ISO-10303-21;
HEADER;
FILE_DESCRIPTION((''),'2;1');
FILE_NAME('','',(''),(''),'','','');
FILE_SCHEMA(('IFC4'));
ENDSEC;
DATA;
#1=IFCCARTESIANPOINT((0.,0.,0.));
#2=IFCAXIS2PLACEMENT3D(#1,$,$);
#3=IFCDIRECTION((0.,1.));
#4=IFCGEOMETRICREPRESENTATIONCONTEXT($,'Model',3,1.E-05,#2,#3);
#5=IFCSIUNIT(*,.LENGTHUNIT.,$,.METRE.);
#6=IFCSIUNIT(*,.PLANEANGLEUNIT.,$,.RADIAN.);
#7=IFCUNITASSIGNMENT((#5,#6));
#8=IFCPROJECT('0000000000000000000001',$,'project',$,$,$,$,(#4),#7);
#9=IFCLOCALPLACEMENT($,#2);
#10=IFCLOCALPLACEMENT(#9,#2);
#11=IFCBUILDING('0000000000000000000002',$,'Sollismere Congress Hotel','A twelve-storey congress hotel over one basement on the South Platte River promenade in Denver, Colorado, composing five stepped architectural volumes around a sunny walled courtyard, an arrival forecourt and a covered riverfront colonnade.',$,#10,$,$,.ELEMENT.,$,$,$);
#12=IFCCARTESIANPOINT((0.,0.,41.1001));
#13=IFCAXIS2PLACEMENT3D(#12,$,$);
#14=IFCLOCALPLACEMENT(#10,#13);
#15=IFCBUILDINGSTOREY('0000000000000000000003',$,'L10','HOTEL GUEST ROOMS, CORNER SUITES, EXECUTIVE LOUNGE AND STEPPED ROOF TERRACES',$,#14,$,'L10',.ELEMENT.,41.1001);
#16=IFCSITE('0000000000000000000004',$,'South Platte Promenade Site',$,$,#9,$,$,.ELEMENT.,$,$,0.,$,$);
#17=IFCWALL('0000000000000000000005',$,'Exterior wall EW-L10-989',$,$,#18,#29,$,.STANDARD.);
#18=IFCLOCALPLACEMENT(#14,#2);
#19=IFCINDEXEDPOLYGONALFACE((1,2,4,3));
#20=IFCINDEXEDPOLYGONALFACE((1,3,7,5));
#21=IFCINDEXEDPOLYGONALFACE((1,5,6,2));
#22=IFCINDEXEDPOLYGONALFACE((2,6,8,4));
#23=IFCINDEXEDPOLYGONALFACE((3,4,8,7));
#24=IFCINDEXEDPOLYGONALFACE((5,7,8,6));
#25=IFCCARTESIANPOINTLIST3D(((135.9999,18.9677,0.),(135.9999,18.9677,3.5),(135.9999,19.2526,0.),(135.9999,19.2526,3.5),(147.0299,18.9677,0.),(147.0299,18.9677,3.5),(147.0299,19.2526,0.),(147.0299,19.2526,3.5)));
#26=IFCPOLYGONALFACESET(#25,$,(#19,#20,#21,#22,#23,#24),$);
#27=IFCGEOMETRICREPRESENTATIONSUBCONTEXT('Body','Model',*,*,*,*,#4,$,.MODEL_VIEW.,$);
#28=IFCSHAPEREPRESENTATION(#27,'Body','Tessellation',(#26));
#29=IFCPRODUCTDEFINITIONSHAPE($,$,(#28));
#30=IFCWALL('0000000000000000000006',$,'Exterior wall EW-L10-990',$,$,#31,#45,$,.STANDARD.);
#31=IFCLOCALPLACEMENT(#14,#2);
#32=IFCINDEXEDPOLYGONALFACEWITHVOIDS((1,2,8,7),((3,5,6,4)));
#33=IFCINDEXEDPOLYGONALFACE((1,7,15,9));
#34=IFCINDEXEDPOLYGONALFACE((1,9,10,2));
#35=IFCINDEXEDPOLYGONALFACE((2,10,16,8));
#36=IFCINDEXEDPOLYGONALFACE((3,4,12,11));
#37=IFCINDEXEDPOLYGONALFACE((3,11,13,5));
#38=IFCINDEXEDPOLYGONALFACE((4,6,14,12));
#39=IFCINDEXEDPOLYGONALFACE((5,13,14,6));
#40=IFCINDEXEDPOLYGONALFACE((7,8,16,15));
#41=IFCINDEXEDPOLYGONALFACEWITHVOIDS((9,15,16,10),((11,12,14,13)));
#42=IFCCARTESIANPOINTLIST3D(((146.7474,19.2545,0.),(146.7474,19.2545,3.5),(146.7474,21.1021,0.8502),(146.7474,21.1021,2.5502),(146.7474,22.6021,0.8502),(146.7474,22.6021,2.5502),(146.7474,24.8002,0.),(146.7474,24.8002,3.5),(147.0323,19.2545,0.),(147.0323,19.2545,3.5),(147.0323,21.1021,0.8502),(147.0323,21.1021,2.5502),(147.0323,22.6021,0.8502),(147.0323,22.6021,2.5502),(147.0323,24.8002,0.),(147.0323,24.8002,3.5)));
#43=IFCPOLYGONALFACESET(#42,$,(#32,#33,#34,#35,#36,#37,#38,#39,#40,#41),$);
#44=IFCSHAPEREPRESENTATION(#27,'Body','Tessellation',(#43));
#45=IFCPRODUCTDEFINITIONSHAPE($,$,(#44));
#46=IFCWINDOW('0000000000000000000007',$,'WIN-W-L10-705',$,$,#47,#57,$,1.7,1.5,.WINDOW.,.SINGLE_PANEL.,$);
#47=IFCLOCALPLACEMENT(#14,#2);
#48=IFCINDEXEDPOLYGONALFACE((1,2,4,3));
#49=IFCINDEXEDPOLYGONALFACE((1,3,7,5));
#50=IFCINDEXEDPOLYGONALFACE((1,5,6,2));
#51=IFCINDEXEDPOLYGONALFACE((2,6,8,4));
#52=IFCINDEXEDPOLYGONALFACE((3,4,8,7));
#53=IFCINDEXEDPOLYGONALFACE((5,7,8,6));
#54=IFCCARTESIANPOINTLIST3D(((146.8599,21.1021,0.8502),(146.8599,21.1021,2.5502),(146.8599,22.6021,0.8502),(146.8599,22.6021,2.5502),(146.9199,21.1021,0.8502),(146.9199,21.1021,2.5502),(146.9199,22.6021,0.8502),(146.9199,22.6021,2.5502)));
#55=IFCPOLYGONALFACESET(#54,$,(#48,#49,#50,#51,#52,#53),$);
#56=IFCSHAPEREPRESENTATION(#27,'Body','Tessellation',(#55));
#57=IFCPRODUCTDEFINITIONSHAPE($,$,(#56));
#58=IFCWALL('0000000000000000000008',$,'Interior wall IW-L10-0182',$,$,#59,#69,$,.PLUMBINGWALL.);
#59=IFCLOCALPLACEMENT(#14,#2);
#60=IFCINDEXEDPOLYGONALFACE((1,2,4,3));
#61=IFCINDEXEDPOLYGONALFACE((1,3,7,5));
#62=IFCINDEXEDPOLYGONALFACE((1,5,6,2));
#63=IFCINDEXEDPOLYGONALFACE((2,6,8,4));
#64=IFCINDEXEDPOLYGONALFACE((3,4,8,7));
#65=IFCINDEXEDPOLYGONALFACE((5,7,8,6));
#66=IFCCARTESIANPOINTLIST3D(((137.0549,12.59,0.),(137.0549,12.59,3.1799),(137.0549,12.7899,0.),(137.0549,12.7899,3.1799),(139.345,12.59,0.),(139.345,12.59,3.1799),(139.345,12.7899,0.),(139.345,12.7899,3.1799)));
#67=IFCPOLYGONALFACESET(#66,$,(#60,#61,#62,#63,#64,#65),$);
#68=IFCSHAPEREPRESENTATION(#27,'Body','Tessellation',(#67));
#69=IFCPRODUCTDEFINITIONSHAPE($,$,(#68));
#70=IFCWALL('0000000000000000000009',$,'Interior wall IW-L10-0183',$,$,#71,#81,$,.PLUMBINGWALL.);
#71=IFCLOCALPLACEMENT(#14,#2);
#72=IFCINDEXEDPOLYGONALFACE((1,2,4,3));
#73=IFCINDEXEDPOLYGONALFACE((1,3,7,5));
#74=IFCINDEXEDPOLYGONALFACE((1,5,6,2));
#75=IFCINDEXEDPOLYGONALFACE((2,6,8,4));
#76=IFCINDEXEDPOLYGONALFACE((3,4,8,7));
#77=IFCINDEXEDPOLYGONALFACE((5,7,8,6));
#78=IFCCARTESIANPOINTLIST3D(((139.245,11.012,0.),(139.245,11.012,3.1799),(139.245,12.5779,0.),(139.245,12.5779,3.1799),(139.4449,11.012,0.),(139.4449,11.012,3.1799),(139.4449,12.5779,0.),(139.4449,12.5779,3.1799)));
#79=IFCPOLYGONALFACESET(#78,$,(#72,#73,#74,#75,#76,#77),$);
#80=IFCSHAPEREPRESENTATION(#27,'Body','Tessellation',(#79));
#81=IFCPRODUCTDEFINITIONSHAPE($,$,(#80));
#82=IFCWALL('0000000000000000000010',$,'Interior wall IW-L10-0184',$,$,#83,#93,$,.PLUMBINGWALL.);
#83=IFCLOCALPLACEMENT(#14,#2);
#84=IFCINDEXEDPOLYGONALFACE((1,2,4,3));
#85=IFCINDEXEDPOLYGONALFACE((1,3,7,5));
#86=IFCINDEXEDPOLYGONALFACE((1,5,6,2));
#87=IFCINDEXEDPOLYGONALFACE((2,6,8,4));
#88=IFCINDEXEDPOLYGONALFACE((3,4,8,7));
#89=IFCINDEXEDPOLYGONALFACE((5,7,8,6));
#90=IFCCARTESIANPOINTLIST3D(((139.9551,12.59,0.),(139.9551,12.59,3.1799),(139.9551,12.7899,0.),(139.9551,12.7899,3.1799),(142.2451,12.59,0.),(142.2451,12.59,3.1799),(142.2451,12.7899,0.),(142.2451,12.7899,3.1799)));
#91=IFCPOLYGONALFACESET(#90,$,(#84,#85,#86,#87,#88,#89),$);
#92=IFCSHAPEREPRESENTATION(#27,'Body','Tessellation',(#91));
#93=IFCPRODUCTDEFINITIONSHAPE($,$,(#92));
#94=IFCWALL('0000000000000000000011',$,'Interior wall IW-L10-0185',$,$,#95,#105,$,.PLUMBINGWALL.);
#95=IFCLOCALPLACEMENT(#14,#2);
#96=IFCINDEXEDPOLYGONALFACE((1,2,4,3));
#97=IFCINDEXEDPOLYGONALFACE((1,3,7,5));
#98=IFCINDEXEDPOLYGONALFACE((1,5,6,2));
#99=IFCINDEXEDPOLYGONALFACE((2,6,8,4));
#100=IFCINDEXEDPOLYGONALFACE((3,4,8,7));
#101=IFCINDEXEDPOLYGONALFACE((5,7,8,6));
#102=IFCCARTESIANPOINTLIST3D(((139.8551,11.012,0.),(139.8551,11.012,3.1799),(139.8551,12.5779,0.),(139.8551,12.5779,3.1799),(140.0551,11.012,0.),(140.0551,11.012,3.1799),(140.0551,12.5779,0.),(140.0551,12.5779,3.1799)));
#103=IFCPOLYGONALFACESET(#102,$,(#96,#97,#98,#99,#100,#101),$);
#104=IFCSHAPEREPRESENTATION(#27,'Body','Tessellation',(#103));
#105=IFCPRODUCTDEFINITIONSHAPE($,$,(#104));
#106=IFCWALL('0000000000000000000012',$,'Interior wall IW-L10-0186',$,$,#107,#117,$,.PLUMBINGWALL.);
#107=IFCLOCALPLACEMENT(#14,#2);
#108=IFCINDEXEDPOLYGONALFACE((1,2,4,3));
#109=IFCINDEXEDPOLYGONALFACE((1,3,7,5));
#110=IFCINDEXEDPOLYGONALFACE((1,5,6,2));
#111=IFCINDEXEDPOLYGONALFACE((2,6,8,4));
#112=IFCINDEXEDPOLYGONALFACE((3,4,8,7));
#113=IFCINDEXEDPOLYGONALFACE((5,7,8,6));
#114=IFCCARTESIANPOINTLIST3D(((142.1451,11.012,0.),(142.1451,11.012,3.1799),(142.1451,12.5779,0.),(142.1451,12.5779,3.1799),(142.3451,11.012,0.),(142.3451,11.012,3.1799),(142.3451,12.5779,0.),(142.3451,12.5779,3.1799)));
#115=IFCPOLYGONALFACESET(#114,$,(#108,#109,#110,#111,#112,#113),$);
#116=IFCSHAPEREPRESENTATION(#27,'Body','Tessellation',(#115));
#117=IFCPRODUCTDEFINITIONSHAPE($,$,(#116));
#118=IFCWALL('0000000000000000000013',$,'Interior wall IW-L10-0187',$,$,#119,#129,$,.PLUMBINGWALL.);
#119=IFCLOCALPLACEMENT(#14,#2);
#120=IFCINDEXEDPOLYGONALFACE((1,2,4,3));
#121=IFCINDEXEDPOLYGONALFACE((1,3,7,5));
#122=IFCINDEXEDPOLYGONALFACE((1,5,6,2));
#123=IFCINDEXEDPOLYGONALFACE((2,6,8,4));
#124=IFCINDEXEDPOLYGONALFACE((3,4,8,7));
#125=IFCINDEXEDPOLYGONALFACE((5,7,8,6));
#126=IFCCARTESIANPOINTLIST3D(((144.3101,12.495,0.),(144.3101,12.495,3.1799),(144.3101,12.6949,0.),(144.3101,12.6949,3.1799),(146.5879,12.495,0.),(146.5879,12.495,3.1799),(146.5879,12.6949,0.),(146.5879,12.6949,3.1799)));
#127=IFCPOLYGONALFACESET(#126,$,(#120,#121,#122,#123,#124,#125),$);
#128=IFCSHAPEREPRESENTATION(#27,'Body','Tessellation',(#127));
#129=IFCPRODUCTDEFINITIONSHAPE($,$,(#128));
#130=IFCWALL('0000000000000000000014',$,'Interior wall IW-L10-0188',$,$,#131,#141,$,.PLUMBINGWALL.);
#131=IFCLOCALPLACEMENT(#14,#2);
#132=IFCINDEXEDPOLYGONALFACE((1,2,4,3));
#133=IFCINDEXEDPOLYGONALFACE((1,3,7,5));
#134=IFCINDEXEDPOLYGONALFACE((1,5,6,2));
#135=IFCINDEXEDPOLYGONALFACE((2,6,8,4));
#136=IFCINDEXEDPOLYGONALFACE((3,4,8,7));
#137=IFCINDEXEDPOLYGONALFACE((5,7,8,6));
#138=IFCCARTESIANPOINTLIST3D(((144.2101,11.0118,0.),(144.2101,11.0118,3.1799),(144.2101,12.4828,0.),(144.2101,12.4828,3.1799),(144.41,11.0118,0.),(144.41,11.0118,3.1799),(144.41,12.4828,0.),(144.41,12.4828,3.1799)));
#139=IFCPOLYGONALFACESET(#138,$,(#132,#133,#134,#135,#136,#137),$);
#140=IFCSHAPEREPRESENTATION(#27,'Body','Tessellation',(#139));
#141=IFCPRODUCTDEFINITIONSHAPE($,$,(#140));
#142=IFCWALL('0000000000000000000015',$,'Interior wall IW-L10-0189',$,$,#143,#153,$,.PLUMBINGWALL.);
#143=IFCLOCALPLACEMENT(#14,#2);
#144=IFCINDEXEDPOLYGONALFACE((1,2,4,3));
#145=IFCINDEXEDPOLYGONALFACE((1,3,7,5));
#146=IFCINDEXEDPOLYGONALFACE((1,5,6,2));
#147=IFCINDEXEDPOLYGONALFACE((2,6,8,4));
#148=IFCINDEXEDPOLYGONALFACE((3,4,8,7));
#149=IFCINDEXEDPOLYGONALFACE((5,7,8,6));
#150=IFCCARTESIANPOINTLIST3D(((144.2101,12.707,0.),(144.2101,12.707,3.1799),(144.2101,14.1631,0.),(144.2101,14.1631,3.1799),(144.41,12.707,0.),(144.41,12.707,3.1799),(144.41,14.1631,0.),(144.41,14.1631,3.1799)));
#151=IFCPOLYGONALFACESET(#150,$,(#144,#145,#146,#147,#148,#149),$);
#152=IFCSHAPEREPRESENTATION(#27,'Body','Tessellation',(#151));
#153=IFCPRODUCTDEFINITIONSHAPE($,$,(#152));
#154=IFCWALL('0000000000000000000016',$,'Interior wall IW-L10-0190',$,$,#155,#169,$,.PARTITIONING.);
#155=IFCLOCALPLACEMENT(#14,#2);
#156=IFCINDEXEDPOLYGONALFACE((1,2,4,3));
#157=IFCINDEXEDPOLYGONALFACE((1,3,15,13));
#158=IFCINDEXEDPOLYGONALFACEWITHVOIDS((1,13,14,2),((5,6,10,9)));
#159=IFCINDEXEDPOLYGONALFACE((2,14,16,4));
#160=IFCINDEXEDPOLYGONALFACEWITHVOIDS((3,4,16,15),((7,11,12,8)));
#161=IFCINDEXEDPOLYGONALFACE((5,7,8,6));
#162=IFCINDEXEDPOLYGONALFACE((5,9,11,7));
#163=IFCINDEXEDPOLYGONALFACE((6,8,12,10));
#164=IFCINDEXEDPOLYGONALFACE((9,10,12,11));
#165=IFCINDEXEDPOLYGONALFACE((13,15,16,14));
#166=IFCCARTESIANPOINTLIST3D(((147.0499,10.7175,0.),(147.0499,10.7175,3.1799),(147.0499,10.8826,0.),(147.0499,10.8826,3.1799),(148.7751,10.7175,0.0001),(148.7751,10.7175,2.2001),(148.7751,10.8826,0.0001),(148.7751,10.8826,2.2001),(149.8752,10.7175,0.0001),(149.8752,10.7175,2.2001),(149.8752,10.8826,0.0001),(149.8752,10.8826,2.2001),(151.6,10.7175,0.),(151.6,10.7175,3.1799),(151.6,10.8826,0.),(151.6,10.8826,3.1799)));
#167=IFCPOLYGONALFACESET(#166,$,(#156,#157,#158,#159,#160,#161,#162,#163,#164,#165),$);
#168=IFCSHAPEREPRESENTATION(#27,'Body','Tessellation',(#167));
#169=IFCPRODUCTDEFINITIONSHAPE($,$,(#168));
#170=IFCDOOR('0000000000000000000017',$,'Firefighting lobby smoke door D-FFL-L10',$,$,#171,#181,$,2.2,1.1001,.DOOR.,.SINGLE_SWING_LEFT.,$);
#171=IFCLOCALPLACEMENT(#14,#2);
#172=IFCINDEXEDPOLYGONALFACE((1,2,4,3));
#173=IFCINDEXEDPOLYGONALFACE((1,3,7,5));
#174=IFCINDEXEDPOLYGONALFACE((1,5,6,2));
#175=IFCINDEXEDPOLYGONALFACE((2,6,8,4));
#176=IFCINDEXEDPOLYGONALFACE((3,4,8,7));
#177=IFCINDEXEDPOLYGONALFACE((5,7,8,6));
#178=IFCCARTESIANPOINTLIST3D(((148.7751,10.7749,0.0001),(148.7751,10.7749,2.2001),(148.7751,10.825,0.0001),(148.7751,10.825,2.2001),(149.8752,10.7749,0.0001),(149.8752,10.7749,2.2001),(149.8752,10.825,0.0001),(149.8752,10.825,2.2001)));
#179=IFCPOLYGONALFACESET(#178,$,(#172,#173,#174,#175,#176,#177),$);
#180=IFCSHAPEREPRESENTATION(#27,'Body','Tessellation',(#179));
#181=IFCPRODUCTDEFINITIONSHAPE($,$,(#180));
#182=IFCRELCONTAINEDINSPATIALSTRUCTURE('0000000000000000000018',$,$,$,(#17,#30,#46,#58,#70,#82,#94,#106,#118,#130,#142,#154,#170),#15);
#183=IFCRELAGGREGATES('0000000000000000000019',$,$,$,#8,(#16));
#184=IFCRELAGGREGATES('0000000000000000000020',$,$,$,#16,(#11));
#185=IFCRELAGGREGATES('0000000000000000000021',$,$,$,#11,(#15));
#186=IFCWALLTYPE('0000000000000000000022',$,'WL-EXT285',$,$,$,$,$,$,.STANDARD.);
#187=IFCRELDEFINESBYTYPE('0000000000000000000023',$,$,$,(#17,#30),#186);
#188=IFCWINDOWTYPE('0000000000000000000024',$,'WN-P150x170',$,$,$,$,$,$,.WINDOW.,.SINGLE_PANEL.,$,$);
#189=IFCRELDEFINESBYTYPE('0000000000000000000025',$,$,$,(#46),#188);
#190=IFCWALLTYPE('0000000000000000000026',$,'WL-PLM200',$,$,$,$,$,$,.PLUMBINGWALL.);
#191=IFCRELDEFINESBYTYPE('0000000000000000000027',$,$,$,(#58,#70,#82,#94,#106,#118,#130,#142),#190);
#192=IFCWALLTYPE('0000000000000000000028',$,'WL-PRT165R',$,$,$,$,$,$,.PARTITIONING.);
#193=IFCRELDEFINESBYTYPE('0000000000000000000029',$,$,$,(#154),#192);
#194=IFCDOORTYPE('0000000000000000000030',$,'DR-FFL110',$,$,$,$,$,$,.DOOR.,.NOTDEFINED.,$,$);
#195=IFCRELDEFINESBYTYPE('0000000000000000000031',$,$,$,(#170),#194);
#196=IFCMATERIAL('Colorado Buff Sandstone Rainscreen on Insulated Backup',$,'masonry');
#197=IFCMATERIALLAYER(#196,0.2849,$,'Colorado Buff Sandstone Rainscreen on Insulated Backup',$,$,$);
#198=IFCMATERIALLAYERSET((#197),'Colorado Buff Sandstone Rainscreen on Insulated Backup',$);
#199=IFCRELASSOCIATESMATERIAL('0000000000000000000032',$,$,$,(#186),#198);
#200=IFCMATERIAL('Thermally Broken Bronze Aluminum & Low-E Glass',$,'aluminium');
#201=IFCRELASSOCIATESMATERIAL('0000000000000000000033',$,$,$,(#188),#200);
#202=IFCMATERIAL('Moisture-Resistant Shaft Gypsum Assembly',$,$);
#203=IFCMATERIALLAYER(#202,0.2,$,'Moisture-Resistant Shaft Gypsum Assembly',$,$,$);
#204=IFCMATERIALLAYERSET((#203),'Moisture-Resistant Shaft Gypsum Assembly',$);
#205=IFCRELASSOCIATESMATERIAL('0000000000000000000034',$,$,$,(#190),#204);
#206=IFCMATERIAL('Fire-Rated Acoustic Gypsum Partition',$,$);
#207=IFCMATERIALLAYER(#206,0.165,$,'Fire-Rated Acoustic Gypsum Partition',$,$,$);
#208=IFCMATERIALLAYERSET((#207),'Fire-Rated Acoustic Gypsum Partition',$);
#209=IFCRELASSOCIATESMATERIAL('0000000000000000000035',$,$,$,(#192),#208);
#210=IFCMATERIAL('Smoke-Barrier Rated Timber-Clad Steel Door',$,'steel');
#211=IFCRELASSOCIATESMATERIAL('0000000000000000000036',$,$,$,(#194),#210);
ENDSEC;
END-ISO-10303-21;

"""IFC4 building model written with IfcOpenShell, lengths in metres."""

from ifc_helpers import new_model, si_unit, direction, frame, frame_2d, origin, place, context, subcontext, project, spatial, rectangle, extrude, material, layer, layer_set, type_object, element, fill, save


model = new_model("IFC4")

# Units and contexts
model_context = context("Model", 3, precision=1e-05, world=origin(), true_north=direction((0.0, 1.0)))
body_context = subcontext(model_context, "Body", "Model", "MODEL_VIEW")
ifc_project = project(units=[si_unit("LENGTHUNIT", "METRE"), si_unit("PLANEANGLEUNIT", "RADIAN")], contexts=[model_context])

# Site, building, storey
site_placement = place(None, origin())
site = spatial("IfcSite", under=ifc_project, at=site_placement, Name="South Platte Promenade Site", CompositionType="ELEMENT", RefElevation=0.0)
building_placement = place(site_placement, origin())
building = spatial("IfcBuilding", under=site, at=building_placement, Name="Sollismere Congress Hotel", Description="A twelve-storey congress hotel over one basement on the South Platte River promenade in Denver, Colorado, composing five stepped architectural volumes around a sunny walled courtyard, an arrival forecourt and a covered riverfront colonnade.", CompositionType="ELEMENT")
storey_placement = place(building_placement, frame((0.0, 0.0, 41.1001)))
storey = spatial("IfcBuildingStorey", under=building, at=storey_placement, Name="L10", Description="HOTEL GUEST ROOMS, CORNER SUITES, EXECUTIVE LOUNGE AND STEPPED ROOF TERRACES", LongName="L10", CompositionType="ELEMENT", Elevation=41.1001)

# Wall
ifc_material_1 = material(Name="Colorado Buff Sandstone Rainscreen on Insulated Backup", Category="masonry")
ifc_layer_1 = layer(ifc_material_1, 0.2849, Name="Colorado Buff Sandstone Rainscreen on Insulated Backup")
ifc_layer_set_1 = layer_set([ifc_layer_1], Name="Colorado Buff Sandstone Rainscreen on Insulated Backup")
wall_type_1 = type_object("IfcWallType", Name="WL-EXT285", PredefinedType="STANDARD", material=ifc_layer_set_1)
wall_1_placement = place(storey_placement, frame((147.03, 19.1101, 0.0), z_axis=(0.0, 0.0, 1.0), x_axis=(-1.0, 0.0, 0.0)))
element("IfcWall", 1, at=wall_1_placement, inside=storey, type_object=wall_type_1, Name="Exterior wall EW-L10-989", PredefinedType="STANDARD", context=body_context, shape_type="SweptSolid", body=[
    extrude(rectangle(XDim=11.03, YDim=0.2849, at=frame_2d((5.5151, 0.0))), origin(), (0.0, 0.0, 1.0), 3.5),
])

# Wall, opening, window
wall_2_placement = place(storey_placement, frame((146.8899, 19.2544, 0.0), z_axis=(0.0, 0.0, 1.0), x_axis=(0.0, 1.0, 0.0)))
wall_2 = element("IfcWall", 2, at=wall_2_placement, inside=storey, type_object=wall_type_1, Name="Exterior wall EW-L10-990", PredefinedType="STANDARD", context=body_context, shape_type="SweptSolid", body=[
    extrude(rectangle(XDim=5.5457, YDim=0.2849, at=frame_2d((2.7729, 0.0))), origin(), (0.0, 0.0, 1.0), 3.5),
])
opening_1_placement = place(wall_2_placement, frame((1.8477, 0.0, 0.8501)))
opening_1 = element("IfcOpeningElement", 3, at=opening_1_placement, cuts=wall_2, PredefinedType="OPENING", context=body_context, shape_type="SweptSolid", body=[
    extrude(rectangle(XDim=1.5, YDim=1.7, at=frame_2d((0.75, 0.8501))), frame((0.0, 0.1523, 0.0), z_axis=(0.0, -1.0, 0.0), x_axis=(1.0, 0.0, 0.0)), (0.0, 0.0, 1.0), 0.3049),
])
ifc_material_2 = material(Name="Thermally Broken Bronze Aluminum & Low-E Glass", Category="aluminium")
window_type = type_object("IfcWindowType", Name="WN-P150x170", PartitioningType="SINGLE_PANEL", PredefinedType="WINDOW", material=ifc_material_2)
window_placement = place(opening_1_placement, origin())
window = element("IfcWindow", 4, at=window_placement, inside=storey, type_object=window_type, Name="WIN-W-L10-705", OverallHeight=1.7, OverallWidth=1.5, PartitioningType="SINGLE_PANEL", PredefinedType="WINDOW", context=body_context, shape_type="SweptSolid", body=[
    extrude(rectangle(XDim=1.5, YDim=1.7, at=frame_2d((0.75, 0.8501))), frame((0.0, 0.03, 0.0), z_axis=(0.0, -1.0, 0.0), x_axis=(1.0, 0.0, 0.0)), (0.0, 0.0, 1.0), 0.0601),
])
fill(opening_1, window)

# Walls
ifc_material_3 = material(Name="Moisture-Resistant Shaft Gypsum Assembly")
ifc_layer_2 = layer(ifc_material_3, 0.2, Name="Moisture-Resistant Shaft Gypsum Assembly")
ifc_layer_set_2 = layer_set([ifc_layer_2], Name="Moisture-Resistant Shaft Gypsum Assembly")
wall_type_2 = type_object("IfcWallType", Name="WL-PLM200", PredefinedType="PLUMBINGWALL", material=ifc_layer_set_2)
wall_3_placement = place(storey_placement, frame((137.0549, 12.6899, 0.0), z_axis=(0.0, 0.0, 1.0), x_axis=(1.0, 0.0, 0.0)))
element("IfcWall", 5, at=wall_3_placement, inside=storey, type_object=wall_type_2, Name="Interior wall IW-L10-0182", PredefinedType="PLUMBINGWALL", context=body_context, shape_type="SweptSolid", body=[
    extrude(rectangle(XDim=2.29, YDim=0.2, at=frame_2d((1.145, 0.0))), origin(), (0.0, 0.0, 1.0), 3.1799),
])
wall_4_placement = place(storey_placement, frame((139.345, 11.012, 0.0), z_axis=(0.0, 0.0, 1.0), x_axis=(0.0, 1.0, 0.0)))
element("IfcWall", 6, at=wall_4_placement, inside=storey, type_object=wall_type_2, Name="Interior wall IW-L10-0183", PredefinedType="PLUMBINGWALL", context=body_context, shape_type="SweptSolid", body=[
    extrude(rectangle(XDim=1.5659, YDim=0.2, at=frame_2d((0.783, 0.0))), origin(), (0.0, 0.0, 1.0), 3.1799),
])
wall_5_placement = place(storey_placement, frame((139.9551, 12.6899, 0.0), z_axis=(0.0, 0.0, 1.0), x_axis=(1.0, 0.0, 0.0)))
element("IfcWall", 7, at=wall_5_placement, inside=storey, type_object=wall_type_2, Name="Interior wall IW-L10-0184", PredefinedType="PLUMBINGWALL", context=body_context, shape_type="SweptSolid", body=[
    extrude(rectangle(XDim=2.29, YDim=0.2, at=frame_2d((1.145, 0.0))), origin(), (0.0, 0.0, 1.0), 3.1799),
])
for number, where, z_axis, x_axis, name in (
    (8, (139.9551, 11.012, 0.0), (0.0, 0.0, 1.0), (0.0, 1.0, 0.0), "Interior wall IW-L10-0185"),
    (9, (142.2451, 11.012, 0.0), (0.0, 0.0, 1.0), (0.0, 1.0, 0.0), "Interior wall IW-L10-0186"),
):
    element("IfcWall", number, at=place(storey_placement, frame(where, z_axis=z_axis, x_axis=x_axis)), inside=storey, type_object=wall_type_2, Name=name, PredefinedType="PLUMBINGWALL", context=body_context, shape_type="SweptSolid", body=[
        extrude(rectangle(XDim=1.5659, YDim=0.2, at=frame_2d((0.783, 0.0))), origin(), (0.0, 0.0, 1.0), 3.1799),
    ])
wall_6_placement = place(storey_placement, frame((144.3101, 12.595, 0.0), z_axis=(0.0, 0.0, 1.0), x_axis=(1.0, 0.0, 0.0)))
element("IfcWall", 10, at=wall_6_placement, inside=storey, type_object=wall_type_2, Name="Interior wall IW-L10-0187", PredefinedType="PLUMBINGWALL", context=body_context, shape_type="SweptSolid", body=[
    extrude(rectangle(XDim=2.2778, YDim=0.2, at=frame_2d((1.1389, 0.0))), origin(), (0.0, 0.0, 1.0), 3.1799),
])
wall_7_placement = place(storey_placement, frame((144.3101, 11.012, 0.0), z_axis=(0.0, 0.0, 1.0), x_axis=(0.0, 1.0, 0.0)))
element("IfcWall", 11, at=wall_7_placement, inside=storey, type_object=wall_type_2, Name="Interior wall IW-L10-0188", PredefinedType="PLUMBINGWALL", context=body_context, shape_type="SweptSolid", body=[
    extrude(rectangle(XDim=1.4709, YDim=0.2, at=frame_2d((0.7354, 0.0))), origin(), (0.0, 0.0, 1.0), 3.1799),
])
wall_8_placement = place(storey_placement, frame((144.3101, 12.707, 0.0), z_axis=(0.0, 0.0, 1.0), x_axis=(0.0, 1.0, 0.0)))
element("IfcWall", 12, at=wall_8_placement, inside=storey, type_object=wall_type_2, Name="Interior wall IW-L10-0189", PredefinedType="PLUMBINGWALL", context=body_context, shape_type="SweptSolid", body=[
    extrude(rectangle(XDim=1.4561, YDim=0.2, at=frame_2d((0.728, 0.0))), origin(), (0.0, 0.0, 1.0), 3.1799),
])

# Wall, opening, door
ifc_material_4 = material(Name="Fire-Rated Acoustic Gypsum Partition")
ifc_layer_3 = layer(ifc_material_4, 0.165, Name="Fire-Rated Acoustic Gypsum Partition")
ifc_layer_set_3 = layer_set([ifc_layer_3], Name="Fire-Rated Acoustic Gypsum Partition")
wall_type_3 = type_object("IfcWallType", Name="WL-PRT165R", PredefinedType="PARTITIONING", material=ifc_layer_set_3)
wall_9_placement = place(storey_placement, frame((147.05, 10.8, 0.0), z_axis=(0.0, 0.0, 1.0), x_axis=(1.0, 0.0, 0.0)))
wall_9 = element("IfcWall", 13, at=wall_9_placement, inside=storey, type_object=wall_type_3, Name="Interior wall IW-L10-0190", PredefinedType="PARTITIONING", context=body_context, shape_type="SweptSolid", body=[
    extrude(rectangle(XDim=4.55, YDim=0.165, at=frame_2d((2.2749, 0.0))), origin(), (0.0, 0.0, 1.0), 3.1799),
])
opening_2_placement = place(wall_9_placement, frame((1.7251, 0.0, 0.0)))
opening_2 = element("IfcOpeningElement", 14, at=opening_2_placement, cuts=wall_9, PredefinedType="OPENING", context=body_context, shape_type="SweptSolid", body=[
    extrude(rectangle(XDim=1.1001, YDim=2.2, at=frame_2d((0.55, 1.1001))), frame((0.0, 0.0925, 0.0), z_axis=(0.0, -1.0, 0.0), x_axis=(1.0, 0.0, 0.0)), (0.0, 0.0, 1.0), 0.1851),
])
ifc_material_5 = material(Name="Smoke-Barrier Rated Timber-Clad Steel Door", Category="steel")
door_type_1 = type_object("IfcDoorType", Name="DR-FFL110", OperationType="NOTDEFINED", PredefinedType="DOOR", material=ifc_material_5)
door_1_placement = place(opening_2_placement, origin())
door_1 = element("IfcDoor", 15, at=door_1_placement, inside=storey, type_object=door_type_1, Name="Firefighting lobby smoke door D-FFL-L10", OperationType="SINGLE_SWING_LEFT", OverallHeight=2.2, OverallWidth=1.1001, PredefinedType="DOOR", context=body_context, shape_type="SweptSolid", body=[
    extrude(rectangle(XDim=1.1001, YDim=2.2, at=frame_2d((0.55, 1.1001))), frame((0.0, 0.0249, 0.0), z_axis=(0.0, -1.0, 0.0), x_axis=(1.0, 0.0, 0.0)), (0.0, 0.0, 1.0), 0.05),
])
fill(opening_2, door_1)

save(model, "model.ifc")
